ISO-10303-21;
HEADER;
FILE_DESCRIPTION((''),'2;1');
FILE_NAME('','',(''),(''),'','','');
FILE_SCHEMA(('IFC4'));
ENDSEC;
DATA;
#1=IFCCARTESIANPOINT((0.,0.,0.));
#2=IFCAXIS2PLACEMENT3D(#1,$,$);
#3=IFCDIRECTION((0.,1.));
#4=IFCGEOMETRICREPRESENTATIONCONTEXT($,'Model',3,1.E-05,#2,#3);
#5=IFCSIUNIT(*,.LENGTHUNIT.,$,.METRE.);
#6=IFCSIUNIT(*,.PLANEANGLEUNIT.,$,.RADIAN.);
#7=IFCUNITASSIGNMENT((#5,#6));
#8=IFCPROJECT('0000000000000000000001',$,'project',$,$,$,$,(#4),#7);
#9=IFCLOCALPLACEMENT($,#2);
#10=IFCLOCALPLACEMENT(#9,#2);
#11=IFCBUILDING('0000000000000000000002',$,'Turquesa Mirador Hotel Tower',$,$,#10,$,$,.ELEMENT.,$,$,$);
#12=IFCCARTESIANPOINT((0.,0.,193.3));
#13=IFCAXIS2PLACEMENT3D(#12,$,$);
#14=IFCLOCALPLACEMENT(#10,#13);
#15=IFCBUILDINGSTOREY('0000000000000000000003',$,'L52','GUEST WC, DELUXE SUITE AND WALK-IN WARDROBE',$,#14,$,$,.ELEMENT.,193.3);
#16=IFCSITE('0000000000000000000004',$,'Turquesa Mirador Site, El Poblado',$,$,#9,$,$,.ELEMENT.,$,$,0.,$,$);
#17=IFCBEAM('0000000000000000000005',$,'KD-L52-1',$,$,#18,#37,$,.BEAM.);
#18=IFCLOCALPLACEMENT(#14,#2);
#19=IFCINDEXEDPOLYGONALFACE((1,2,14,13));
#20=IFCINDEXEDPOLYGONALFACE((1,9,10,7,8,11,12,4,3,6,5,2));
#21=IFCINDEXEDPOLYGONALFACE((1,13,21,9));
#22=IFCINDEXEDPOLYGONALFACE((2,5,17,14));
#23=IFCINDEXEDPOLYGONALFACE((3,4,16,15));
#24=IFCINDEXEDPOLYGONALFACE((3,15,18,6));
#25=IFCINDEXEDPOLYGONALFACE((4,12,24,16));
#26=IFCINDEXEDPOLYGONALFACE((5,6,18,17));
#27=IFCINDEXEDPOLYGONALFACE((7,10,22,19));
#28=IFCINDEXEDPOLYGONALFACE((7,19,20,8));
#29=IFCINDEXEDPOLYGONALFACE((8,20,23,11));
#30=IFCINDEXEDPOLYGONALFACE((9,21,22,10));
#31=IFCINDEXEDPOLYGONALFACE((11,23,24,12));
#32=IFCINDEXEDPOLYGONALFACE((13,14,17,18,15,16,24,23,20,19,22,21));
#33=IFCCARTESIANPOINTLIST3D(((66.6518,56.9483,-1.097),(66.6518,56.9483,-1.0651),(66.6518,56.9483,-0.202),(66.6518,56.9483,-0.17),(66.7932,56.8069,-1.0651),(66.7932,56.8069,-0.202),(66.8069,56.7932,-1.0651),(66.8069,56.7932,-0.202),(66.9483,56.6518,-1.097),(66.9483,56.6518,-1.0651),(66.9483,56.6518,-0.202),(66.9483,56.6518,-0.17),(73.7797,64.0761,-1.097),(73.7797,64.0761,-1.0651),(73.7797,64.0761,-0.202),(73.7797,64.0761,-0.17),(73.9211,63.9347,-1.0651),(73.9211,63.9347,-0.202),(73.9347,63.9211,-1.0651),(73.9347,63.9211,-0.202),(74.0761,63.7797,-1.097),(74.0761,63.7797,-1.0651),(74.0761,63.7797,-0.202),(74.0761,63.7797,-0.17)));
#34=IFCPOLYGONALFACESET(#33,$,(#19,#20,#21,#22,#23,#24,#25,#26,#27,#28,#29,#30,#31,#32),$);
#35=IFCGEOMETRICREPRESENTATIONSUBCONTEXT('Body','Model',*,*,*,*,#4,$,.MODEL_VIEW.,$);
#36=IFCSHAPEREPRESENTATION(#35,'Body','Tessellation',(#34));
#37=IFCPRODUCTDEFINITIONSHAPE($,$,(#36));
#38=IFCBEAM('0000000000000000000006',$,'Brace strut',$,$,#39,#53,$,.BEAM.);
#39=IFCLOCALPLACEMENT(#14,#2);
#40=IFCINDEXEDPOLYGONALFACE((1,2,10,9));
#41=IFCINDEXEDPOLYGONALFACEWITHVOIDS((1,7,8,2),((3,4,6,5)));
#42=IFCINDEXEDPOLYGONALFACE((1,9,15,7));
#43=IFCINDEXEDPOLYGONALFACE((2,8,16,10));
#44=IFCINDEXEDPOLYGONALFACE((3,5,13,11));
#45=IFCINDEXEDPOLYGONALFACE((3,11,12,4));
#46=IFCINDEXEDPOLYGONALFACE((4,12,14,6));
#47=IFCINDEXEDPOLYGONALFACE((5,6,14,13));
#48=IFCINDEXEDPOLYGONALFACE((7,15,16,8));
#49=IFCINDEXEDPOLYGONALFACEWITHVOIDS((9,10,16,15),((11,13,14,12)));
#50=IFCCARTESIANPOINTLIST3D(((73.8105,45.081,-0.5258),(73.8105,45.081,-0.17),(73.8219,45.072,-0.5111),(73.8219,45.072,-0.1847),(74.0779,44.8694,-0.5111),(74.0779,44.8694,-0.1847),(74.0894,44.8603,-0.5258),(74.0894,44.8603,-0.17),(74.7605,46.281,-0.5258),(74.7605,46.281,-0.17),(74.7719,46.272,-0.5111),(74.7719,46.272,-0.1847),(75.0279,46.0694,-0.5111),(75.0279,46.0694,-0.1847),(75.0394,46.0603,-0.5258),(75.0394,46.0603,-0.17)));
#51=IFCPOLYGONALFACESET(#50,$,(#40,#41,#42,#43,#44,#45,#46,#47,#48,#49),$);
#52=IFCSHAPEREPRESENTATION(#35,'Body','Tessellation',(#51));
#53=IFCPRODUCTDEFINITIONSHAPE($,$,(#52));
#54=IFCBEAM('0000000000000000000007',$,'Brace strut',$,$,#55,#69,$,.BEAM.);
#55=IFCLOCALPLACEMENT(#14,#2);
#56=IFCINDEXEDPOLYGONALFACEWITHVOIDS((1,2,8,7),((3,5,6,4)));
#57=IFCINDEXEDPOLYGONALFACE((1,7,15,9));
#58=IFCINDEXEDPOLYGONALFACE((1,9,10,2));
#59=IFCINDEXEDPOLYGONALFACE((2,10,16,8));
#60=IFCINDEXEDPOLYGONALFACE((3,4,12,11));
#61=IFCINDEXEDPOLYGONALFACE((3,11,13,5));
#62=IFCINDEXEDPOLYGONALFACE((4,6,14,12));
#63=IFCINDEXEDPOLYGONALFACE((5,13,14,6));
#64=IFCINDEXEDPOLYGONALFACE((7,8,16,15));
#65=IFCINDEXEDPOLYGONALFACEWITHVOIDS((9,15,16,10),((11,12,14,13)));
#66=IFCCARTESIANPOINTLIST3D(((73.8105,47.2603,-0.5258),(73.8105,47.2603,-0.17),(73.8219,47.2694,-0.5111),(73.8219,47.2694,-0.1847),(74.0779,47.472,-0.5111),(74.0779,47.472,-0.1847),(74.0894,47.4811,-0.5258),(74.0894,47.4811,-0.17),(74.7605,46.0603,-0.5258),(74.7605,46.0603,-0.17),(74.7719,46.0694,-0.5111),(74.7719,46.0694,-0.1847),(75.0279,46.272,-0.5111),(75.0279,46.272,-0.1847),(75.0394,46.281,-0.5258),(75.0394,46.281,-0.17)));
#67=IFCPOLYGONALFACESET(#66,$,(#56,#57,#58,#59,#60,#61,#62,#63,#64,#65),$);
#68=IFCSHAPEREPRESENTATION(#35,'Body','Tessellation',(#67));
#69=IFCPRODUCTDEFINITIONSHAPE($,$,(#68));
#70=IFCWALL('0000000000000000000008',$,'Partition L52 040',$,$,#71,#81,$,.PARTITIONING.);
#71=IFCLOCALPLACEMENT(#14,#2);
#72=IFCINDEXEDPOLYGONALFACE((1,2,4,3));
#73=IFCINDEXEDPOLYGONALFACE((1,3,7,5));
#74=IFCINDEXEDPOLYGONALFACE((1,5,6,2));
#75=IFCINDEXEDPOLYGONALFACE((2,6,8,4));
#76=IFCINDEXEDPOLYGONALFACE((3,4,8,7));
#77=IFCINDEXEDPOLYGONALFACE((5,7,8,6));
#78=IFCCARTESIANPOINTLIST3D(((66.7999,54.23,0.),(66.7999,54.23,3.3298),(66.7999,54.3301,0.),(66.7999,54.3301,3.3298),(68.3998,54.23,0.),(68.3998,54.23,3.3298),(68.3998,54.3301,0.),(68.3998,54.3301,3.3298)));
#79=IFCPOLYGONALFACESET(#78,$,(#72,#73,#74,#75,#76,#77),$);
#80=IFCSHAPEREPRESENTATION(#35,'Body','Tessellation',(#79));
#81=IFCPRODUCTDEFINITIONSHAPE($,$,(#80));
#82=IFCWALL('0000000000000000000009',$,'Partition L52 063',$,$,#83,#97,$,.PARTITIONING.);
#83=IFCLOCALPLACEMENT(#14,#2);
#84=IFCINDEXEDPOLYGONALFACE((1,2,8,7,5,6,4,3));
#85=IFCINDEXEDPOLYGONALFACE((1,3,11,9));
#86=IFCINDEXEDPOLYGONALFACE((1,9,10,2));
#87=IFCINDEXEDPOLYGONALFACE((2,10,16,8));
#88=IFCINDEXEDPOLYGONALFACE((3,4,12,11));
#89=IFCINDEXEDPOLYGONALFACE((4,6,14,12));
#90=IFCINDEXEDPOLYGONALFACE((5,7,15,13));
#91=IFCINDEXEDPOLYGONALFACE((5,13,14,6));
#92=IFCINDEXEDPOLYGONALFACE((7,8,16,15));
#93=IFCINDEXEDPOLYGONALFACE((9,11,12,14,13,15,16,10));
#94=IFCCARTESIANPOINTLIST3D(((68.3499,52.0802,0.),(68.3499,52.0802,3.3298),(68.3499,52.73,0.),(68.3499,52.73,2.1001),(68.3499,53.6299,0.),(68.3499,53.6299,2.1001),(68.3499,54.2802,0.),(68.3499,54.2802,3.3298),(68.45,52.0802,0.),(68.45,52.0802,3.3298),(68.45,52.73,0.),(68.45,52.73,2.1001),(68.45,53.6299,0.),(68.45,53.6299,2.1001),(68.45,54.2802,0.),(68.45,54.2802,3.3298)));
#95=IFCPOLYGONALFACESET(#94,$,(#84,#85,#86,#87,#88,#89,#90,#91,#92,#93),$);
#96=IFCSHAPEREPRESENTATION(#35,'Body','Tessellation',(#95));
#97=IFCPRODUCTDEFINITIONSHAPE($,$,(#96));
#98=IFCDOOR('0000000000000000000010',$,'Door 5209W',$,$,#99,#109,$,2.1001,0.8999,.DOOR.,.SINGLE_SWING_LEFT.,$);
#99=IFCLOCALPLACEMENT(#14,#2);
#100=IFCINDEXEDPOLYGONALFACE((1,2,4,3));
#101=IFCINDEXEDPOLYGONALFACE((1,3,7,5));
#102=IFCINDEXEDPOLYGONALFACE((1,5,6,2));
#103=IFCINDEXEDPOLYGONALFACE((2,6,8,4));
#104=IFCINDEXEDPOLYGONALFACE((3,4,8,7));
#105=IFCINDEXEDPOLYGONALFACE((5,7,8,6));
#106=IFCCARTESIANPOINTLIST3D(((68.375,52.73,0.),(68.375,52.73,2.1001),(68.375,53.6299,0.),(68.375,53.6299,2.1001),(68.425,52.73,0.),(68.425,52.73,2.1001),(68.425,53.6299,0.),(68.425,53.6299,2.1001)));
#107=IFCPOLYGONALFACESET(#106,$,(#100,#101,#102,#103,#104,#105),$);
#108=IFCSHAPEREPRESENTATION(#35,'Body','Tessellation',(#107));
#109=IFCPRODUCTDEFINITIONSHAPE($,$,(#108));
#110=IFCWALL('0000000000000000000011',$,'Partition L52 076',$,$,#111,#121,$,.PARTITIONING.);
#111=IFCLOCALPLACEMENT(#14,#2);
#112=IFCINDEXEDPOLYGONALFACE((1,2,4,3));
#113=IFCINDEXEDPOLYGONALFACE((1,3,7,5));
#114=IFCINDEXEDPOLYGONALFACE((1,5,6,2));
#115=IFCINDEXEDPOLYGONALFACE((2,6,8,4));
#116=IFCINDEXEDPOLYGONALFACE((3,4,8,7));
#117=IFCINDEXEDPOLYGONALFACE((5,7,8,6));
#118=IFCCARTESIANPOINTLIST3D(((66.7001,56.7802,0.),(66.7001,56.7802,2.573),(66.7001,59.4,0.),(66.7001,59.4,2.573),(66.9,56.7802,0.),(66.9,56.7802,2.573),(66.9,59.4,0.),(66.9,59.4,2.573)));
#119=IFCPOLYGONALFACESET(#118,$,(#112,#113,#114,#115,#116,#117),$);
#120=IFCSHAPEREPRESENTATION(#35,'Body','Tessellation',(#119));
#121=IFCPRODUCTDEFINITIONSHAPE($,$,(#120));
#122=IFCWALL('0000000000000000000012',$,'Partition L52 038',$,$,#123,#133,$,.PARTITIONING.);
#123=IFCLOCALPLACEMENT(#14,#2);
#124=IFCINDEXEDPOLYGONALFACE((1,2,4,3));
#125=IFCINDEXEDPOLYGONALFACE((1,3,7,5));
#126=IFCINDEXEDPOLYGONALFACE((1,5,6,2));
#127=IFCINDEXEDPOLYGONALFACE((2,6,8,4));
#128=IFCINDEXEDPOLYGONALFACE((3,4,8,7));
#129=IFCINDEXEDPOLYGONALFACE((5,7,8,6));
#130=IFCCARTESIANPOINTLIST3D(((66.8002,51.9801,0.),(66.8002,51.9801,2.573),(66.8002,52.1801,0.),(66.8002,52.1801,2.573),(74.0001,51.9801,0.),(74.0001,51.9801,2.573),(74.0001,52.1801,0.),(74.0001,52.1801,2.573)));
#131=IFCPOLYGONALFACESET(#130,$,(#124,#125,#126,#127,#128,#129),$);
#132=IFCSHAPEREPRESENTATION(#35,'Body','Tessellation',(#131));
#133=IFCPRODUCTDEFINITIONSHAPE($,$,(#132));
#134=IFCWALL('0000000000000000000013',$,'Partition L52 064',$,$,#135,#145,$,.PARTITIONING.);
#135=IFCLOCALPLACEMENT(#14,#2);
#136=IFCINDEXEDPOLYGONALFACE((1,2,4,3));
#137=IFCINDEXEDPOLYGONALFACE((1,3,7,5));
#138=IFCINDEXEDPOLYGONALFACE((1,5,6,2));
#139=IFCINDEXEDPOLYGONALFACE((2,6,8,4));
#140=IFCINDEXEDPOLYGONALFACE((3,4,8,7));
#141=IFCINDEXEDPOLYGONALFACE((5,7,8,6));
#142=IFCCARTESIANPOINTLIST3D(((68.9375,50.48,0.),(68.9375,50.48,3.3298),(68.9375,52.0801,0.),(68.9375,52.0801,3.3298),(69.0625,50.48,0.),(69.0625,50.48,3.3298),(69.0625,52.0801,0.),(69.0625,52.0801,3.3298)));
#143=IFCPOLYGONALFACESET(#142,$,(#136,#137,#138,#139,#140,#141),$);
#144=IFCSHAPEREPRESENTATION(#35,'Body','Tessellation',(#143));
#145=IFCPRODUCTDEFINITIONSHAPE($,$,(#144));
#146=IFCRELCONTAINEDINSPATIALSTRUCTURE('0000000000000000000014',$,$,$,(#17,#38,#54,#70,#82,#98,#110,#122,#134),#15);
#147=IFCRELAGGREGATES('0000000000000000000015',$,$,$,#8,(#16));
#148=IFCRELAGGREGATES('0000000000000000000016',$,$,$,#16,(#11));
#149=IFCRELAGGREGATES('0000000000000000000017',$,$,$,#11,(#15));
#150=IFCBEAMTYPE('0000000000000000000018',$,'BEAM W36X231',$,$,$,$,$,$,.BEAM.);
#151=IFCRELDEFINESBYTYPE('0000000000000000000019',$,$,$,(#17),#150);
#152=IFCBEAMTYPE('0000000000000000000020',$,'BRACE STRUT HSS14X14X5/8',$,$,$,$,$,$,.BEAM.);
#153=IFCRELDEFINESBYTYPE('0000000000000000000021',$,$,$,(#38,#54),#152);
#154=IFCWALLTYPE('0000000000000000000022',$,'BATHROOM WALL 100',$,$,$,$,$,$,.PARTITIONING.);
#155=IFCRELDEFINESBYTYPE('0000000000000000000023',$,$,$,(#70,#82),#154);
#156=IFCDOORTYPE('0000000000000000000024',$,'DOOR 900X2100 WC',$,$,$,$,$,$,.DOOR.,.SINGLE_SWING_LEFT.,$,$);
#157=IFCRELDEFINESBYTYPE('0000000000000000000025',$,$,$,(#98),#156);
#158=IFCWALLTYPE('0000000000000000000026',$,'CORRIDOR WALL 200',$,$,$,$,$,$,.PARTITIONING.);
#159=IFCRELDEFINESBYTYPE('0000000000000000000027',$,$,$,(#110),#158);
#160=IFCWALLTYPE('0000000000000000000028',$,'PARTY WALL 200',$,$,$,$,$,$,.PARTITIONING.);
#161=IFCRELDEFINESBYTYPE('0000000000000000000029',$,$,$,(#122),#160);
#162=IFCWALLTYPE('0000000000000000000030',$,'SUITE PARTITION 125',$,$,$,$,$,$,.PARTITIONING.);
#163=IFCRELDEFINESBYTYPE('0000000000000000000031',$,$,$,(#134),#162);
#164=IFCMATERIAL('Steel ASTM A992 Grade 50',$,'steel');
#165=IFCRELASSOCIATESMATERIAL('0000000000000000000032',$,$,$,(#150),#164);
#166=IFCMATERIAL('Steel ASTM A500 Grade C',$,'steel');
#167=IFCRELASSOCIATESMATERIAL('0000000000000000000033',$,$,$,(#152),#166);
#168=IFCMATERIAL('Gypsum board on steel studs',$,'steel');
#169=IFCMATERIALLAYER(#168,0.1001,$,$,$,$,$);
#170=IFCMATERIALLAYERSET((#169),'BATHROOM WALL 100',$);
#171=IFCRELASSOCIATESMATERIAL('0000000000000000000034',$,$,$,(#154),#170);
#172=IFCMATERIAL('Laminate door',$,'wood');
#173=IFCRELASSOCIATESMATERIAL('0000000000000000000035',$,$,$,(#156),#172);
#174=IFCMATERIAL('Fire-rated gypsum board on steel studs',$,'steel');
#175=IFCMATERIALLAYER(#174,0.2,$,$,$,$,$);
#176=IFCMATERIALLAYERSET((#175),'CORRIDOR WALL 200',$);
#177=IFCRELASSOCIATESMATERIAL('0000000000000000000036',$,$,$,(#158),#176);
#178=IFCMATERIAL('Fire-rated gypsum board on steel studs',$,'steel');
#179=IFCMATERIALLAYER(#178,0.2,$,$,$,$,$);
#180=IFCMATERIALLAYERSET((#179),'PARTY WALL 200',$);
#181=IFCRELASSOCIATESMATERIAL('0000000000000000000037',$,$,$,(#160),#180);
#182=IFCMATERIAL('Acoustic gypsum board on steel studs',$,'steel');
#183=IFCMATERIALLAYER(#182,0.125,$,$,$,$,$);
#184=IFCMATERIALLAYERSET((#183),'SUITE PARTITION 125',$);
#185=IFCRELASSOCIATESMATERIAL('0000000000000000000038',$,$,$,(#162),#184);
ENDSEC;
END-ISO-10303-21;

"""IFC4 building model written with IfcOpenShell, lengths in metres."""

from ifc_helpers import new_model, si_unit, direction, frame, frame_2d, origin, origin_2d, place, context, subcontext, project, spatial, rectangle, hollow_rectangle, i_section, extrude, material, layer, layer_set, material_profile, profile_set, type_object, element, fill, save


model = new_model("IFC4")

# Units and contexts
model_context = context("Model", 3, precision=1e-05, world=origin(), true_north=direction((0.0, 1.0)))
body_context = subcontext(model_context, "Body", "Model", "MODEL_VIEW")
ifc_project = project(units=[si_unit("LENGTHUNIT", "METRE"), si_unit("PLANEANGLEUNIT", "RADIAN")], contexts=[model_context])

# Site, building, storey
site_placement = place(None, origin())
site = spatial("IfcSite", under=ifc_project, at=site_placement, Name="Turquesa Mirador Site, El Poblado", CompositionType="ELEMENT", RefElevation=0.0)
building_placement = place(site_placement, origin())
building = spatial("IfcBuilding", under=site, at=building_placement, Name="Turquesa Mirador Hotel Tower", CompositionType="ELEMENT")
storey_placement = place(building_placement, frame((0.0, 0.0, 193.3)))
storey = spatial("IfcBuildingStorey", under=building, at=storey_placement, Name="L52", Description="GUEST WC, DELUXE SUITE AND WALK-IN WARDROBE", CompositionType="ELEMENT", Elevation=193.3)

# Beams
ifc_material_1 = material(Name="Steel ASTM A992 Grade 50", Category="steel")
ifc_material_profile_1 = material_profile(ifc_material_1, i_section(OverallWidth=0.4192, OverallDepth=0.927, WebThickness=0.0193, FlangeThickness=0.032, at=origin_2d()), Name="W36X231")
ifc_profile_set_1 = profile_set([ifc_material_profile_1], Name="Steel ASTM A992 Grade 50")
beam_type_1 = type_object("IfcBeamType", Name="BEAM W36X231", PredefinedType="BEAM", material=ifc_profile_set_1)
beam_1_placement = place(storey_placement, frame((66.8, 56.8, -0.6335), z_axis=(0.707107, 0.707107, 0.0), x_axis=(-0.707107, 0.707107, 0.0)))
element("IfcBeam", 1, at=beam_1_placement, inside=storey, type_object=beam_type_1, Name="KD-L52-1", PredefinedType="BEAM", context=body_context, shape_type="SweptSolid", body=[
    extrude(i_section(OverallWidth=0.4192, OverallDepth=0.927, WebThickness=0.0193, FlangeThickness=0.032, at=origin_2d()), origin(), (0.0, 0.0, 1.0), 10.0803),
])
ifc_material_2 = material(Name="Steel ASTM A500 Grade C", Category="steel")
ifc_material_profile_2 = material_profile(ifc_material_2, hollow_rectangle(XDim=0.3557, YDim=0.3557, WallThickness=0.0146, at=origin_2d()), Name="HSS14X14X5/8")
ifc_profile_set_2 = profile_set([ifc_material_profile_2], Name="Steel ASTM A500 Grade C")
beam_type_2 = type_object("IfcBeamType", Name="BRACE STRUT HSS14X14X5/8", PredefinedType="BEAM", material=ifc_profile_set_2)
for number, where, z_axis, x_axis, name in (
    (2, (74.8999, 46.1707, -0.3479), (-0.620699, -0.784049, 0.0), (0.784049, -0.620699, 0.0), "Brace strut"),
    (3, (74.8999, 46.1707, -0.3479), (-0.620699, 0.784049, 0.0), (-0.784049, -0.620699, 0.0), "Brace strut"),
):
    element("IfcBeam", number, at=place(storey_placement, frame(where, z_axis=z_axis, x_axis=x_axis)), inside=storey, type_object=beam_type_2, Name=name, PredefinedType="BEAM", context=body_context, shape_type="SweptSolid", body=[
        extrude(hollow_rectangle(XDim=0.3557, YDim=0.3557, WallThickness=0.0146, at=origin_2d()), origin(), (0.0, 0.0, 1.0), 1.5305),
    ])

# Wall
ifc_material_3 = material(Name="Gypsum board on steel studs", Category="steel")
ifc_layer_1 = layer(ifc_material_3, 0.1001)
ifc_layer_set_1 = layer_set([ifc_layer_1], Name="BATHROOM WALL 100")
wall_type_1 = type_object("IfcWallType", Name="BATHROOM WALL 100", PredefinedType="PARTITIONING", material=ifc_layer_set_1)
wall_1_placement = place(storey_placement, frame((66.8, 54.28, 0.0), z_axis=(0.0, 0.0, 1.0), x_axis=(1.0, 0.0, 0.0)))
element("IfcWall", 4, at=wall_1_placement, inside=storey, type_object=wall_type_1, Name="Partition L52 040", PredefinedType="PARTITIONING", context=body_context, shape_type="SweptSolid", body=[
    extrude(rectangle(XDim=1.5999, YDim=0.1001, at=frame_2d((0.7998, 0.0))), origin(), (0.0, 0.0, 1.0), 3.3298),
])

# Wall, opening, door
wall_2_placement = place(storey_placement, frame((68.3999, 52.0801, 0.0), z_axis=(0.0, 0.0, 1.0), x_axis=(0.0, 1.0, 0.0)))
wall_2 = element("IfcWall", 5, at=wall_2_placement, inside=storey, type_object=wall_type_1, Name="Partition L52 063", PredefinedType="PARTITIONING", context=body_context, shape_type="SweptSolid", body=[
    extrude(rectangle(XDim=2.2, YDim=0.1001, at=frame_2d((1.1001, 0.0))), origin(), (0.0, 0.0, 1.0), 3.3298),
])
opening_placement = place(wall_2_placement, frame((0.6499, 0.0, 0.0)))
opening = element("IfcOpeningElement", 6, at=opening_placement, cuts=wall_2, PredefinedType="OPENING", context=body_context, shape_type="SweptSolid", body=[
    extrude(rectangle(XDim=0.8999, YDim=2.1001, at=frame_2d((0.45, 1.05))), frame((0.0, 0.0601, 0.0), z_axis=(0.0, -1.0, 0.0), x_axis=(1.0, 0.0, 0.0)), (0.0, 0.0, 1.0), 0.1201),
])
ifc_material_4 = material(Name="Laminate door", Category="wood")
door_type = type_object("IfcDoorType", Name="DOOR 900X2100 WC", OperationType="SINGLE_SWING_LEFT", PredefinedType="DOOR", material=ifc_material_4)
door_placement = place(opening_placement, origin())
door = element("IfcDoor", 7, at=door_placement, inside=storey, type_object=door_type, Name="Door 5209W", OperationType="SINGLE_SWING_LEFT", OverallHeight=2.1001, OverallWidth=0.8999, PredefinedType="DOOR", context=body_context, shape_type="SweptSolid", body=[
    extrude(rectangle(XDim=0.8999, YDim=2.1001, at=frame_2d((0.45, 1.05))), frame((0.0, 0.0249, 0.0), z_axis=(0.0, -1.0, 0.0), x_axis=(1.0, 0.0, 0.0)), (0.0, 0.0, 1.0), 0.05),
])
fill(opening, door)

# Walls
ifc_material_5 = material(Name="Fire-rated gypsum board on steel studs", Category="steel")
ifc_layer_2 = layer(ifc_material_5, 0.2)
ifc_layer_set_2 = layer_set([ifc_layer_2], Name="CORRIDOR WALL 200")
wall_type_2 = type_object("IfcWallType", Name="CORRIDOR WALL 200", PredefinedType="PARTITIONING", material=ifc_layer_set_2)
wall_3_placement = place(storey_placement, frame((66.8, 56.78, 0.0), z_axis=(0.0, 0.0, 1.0), x_axis=(0.0, 1.0, 0.0)))
element("IfcWall", 8, at=wall_3_placement, inside=storey, type_object=wall_type_2, Name="Partition L52 076", PredefinedType="PARTITIONING", context=body_context, shape_type="SweptSolid", body=[
    extrude(rectangle(XDim=2.6199, YDim=0.2, at=frame_2d((1.3101, 0.0))), origin(), (0.0, 0.0, 1.0), 2.573),
])
ifc_material_6 = material(Name="Fire-rated gypsum board on steel studs", Category="steel")
ifc_layer_3 = layer(ifc_material_6, 0.2)
ifc_layer_set_3 = layer_set([ifc_layer_3], Name="PARTY WALL 200")
wall_type_3 = type_object("IfcWallType", Name="PARTY WALL 200", PredefinedType="PARTITIONING", material=ifc_layer_set_3)
wall_4_placement = place(storey_placement, frame((66.8, 52.0801, 0.0), z_axis=(0.0, 0.0, 1.0), x_axis=(1.0, 0.0, 0.0)))
element("IfcWall", 9, at=wall_4_placement, inside=storey, type_object=wall_type_3, Name="Partition L52 038", PredefinedType="PARTITIONING", context=body_context, shape_type="SweptSolid", body=[
    extrude(rectangle(XDim=7.2, YDim=0.2, at=frame_2d((3.6001, 0.0))), origin(), (0.0, 0.0, 1.0), 2.573),
])
ifc_material_7 = material(Name="Acoustic gypsum board on steel studs", Category="steel")
ifc_layer_4 = layer(ifc_material_7, 0.125)
ifc_layer_set_4 = layer_set([ifc_layer_4], Name="SUITE PARTITION 125")
wall_type_4 = type_object("IfcWallType", Name="SUITE PARTITION 125", PredefinedType="PARTITIONING", material=ifc_layer_set_4)
wall_5_placement = place(storey_placement, frame((69.0, 50.48, 0.0), z_axis=(0.0, 0.0, 1.0), x_axis=(0.0, 1.0, 0.0)))
element("IfcWall", 10, at=wall_5_placement, inside=storey, type_object=wall_type_4, Name="Partition L52 064", PredefinedType="PARTITIONING", context=body_context, shape_type="SweptSolid", body=[
    extrude(rectangle(XDim=1.6001, YDim=0.125, at=frame_2d((0.8, 0.0))), origin(), (0.0, 0.0, 1.0), 3.3298),
])

save(model, "model.ifc")
